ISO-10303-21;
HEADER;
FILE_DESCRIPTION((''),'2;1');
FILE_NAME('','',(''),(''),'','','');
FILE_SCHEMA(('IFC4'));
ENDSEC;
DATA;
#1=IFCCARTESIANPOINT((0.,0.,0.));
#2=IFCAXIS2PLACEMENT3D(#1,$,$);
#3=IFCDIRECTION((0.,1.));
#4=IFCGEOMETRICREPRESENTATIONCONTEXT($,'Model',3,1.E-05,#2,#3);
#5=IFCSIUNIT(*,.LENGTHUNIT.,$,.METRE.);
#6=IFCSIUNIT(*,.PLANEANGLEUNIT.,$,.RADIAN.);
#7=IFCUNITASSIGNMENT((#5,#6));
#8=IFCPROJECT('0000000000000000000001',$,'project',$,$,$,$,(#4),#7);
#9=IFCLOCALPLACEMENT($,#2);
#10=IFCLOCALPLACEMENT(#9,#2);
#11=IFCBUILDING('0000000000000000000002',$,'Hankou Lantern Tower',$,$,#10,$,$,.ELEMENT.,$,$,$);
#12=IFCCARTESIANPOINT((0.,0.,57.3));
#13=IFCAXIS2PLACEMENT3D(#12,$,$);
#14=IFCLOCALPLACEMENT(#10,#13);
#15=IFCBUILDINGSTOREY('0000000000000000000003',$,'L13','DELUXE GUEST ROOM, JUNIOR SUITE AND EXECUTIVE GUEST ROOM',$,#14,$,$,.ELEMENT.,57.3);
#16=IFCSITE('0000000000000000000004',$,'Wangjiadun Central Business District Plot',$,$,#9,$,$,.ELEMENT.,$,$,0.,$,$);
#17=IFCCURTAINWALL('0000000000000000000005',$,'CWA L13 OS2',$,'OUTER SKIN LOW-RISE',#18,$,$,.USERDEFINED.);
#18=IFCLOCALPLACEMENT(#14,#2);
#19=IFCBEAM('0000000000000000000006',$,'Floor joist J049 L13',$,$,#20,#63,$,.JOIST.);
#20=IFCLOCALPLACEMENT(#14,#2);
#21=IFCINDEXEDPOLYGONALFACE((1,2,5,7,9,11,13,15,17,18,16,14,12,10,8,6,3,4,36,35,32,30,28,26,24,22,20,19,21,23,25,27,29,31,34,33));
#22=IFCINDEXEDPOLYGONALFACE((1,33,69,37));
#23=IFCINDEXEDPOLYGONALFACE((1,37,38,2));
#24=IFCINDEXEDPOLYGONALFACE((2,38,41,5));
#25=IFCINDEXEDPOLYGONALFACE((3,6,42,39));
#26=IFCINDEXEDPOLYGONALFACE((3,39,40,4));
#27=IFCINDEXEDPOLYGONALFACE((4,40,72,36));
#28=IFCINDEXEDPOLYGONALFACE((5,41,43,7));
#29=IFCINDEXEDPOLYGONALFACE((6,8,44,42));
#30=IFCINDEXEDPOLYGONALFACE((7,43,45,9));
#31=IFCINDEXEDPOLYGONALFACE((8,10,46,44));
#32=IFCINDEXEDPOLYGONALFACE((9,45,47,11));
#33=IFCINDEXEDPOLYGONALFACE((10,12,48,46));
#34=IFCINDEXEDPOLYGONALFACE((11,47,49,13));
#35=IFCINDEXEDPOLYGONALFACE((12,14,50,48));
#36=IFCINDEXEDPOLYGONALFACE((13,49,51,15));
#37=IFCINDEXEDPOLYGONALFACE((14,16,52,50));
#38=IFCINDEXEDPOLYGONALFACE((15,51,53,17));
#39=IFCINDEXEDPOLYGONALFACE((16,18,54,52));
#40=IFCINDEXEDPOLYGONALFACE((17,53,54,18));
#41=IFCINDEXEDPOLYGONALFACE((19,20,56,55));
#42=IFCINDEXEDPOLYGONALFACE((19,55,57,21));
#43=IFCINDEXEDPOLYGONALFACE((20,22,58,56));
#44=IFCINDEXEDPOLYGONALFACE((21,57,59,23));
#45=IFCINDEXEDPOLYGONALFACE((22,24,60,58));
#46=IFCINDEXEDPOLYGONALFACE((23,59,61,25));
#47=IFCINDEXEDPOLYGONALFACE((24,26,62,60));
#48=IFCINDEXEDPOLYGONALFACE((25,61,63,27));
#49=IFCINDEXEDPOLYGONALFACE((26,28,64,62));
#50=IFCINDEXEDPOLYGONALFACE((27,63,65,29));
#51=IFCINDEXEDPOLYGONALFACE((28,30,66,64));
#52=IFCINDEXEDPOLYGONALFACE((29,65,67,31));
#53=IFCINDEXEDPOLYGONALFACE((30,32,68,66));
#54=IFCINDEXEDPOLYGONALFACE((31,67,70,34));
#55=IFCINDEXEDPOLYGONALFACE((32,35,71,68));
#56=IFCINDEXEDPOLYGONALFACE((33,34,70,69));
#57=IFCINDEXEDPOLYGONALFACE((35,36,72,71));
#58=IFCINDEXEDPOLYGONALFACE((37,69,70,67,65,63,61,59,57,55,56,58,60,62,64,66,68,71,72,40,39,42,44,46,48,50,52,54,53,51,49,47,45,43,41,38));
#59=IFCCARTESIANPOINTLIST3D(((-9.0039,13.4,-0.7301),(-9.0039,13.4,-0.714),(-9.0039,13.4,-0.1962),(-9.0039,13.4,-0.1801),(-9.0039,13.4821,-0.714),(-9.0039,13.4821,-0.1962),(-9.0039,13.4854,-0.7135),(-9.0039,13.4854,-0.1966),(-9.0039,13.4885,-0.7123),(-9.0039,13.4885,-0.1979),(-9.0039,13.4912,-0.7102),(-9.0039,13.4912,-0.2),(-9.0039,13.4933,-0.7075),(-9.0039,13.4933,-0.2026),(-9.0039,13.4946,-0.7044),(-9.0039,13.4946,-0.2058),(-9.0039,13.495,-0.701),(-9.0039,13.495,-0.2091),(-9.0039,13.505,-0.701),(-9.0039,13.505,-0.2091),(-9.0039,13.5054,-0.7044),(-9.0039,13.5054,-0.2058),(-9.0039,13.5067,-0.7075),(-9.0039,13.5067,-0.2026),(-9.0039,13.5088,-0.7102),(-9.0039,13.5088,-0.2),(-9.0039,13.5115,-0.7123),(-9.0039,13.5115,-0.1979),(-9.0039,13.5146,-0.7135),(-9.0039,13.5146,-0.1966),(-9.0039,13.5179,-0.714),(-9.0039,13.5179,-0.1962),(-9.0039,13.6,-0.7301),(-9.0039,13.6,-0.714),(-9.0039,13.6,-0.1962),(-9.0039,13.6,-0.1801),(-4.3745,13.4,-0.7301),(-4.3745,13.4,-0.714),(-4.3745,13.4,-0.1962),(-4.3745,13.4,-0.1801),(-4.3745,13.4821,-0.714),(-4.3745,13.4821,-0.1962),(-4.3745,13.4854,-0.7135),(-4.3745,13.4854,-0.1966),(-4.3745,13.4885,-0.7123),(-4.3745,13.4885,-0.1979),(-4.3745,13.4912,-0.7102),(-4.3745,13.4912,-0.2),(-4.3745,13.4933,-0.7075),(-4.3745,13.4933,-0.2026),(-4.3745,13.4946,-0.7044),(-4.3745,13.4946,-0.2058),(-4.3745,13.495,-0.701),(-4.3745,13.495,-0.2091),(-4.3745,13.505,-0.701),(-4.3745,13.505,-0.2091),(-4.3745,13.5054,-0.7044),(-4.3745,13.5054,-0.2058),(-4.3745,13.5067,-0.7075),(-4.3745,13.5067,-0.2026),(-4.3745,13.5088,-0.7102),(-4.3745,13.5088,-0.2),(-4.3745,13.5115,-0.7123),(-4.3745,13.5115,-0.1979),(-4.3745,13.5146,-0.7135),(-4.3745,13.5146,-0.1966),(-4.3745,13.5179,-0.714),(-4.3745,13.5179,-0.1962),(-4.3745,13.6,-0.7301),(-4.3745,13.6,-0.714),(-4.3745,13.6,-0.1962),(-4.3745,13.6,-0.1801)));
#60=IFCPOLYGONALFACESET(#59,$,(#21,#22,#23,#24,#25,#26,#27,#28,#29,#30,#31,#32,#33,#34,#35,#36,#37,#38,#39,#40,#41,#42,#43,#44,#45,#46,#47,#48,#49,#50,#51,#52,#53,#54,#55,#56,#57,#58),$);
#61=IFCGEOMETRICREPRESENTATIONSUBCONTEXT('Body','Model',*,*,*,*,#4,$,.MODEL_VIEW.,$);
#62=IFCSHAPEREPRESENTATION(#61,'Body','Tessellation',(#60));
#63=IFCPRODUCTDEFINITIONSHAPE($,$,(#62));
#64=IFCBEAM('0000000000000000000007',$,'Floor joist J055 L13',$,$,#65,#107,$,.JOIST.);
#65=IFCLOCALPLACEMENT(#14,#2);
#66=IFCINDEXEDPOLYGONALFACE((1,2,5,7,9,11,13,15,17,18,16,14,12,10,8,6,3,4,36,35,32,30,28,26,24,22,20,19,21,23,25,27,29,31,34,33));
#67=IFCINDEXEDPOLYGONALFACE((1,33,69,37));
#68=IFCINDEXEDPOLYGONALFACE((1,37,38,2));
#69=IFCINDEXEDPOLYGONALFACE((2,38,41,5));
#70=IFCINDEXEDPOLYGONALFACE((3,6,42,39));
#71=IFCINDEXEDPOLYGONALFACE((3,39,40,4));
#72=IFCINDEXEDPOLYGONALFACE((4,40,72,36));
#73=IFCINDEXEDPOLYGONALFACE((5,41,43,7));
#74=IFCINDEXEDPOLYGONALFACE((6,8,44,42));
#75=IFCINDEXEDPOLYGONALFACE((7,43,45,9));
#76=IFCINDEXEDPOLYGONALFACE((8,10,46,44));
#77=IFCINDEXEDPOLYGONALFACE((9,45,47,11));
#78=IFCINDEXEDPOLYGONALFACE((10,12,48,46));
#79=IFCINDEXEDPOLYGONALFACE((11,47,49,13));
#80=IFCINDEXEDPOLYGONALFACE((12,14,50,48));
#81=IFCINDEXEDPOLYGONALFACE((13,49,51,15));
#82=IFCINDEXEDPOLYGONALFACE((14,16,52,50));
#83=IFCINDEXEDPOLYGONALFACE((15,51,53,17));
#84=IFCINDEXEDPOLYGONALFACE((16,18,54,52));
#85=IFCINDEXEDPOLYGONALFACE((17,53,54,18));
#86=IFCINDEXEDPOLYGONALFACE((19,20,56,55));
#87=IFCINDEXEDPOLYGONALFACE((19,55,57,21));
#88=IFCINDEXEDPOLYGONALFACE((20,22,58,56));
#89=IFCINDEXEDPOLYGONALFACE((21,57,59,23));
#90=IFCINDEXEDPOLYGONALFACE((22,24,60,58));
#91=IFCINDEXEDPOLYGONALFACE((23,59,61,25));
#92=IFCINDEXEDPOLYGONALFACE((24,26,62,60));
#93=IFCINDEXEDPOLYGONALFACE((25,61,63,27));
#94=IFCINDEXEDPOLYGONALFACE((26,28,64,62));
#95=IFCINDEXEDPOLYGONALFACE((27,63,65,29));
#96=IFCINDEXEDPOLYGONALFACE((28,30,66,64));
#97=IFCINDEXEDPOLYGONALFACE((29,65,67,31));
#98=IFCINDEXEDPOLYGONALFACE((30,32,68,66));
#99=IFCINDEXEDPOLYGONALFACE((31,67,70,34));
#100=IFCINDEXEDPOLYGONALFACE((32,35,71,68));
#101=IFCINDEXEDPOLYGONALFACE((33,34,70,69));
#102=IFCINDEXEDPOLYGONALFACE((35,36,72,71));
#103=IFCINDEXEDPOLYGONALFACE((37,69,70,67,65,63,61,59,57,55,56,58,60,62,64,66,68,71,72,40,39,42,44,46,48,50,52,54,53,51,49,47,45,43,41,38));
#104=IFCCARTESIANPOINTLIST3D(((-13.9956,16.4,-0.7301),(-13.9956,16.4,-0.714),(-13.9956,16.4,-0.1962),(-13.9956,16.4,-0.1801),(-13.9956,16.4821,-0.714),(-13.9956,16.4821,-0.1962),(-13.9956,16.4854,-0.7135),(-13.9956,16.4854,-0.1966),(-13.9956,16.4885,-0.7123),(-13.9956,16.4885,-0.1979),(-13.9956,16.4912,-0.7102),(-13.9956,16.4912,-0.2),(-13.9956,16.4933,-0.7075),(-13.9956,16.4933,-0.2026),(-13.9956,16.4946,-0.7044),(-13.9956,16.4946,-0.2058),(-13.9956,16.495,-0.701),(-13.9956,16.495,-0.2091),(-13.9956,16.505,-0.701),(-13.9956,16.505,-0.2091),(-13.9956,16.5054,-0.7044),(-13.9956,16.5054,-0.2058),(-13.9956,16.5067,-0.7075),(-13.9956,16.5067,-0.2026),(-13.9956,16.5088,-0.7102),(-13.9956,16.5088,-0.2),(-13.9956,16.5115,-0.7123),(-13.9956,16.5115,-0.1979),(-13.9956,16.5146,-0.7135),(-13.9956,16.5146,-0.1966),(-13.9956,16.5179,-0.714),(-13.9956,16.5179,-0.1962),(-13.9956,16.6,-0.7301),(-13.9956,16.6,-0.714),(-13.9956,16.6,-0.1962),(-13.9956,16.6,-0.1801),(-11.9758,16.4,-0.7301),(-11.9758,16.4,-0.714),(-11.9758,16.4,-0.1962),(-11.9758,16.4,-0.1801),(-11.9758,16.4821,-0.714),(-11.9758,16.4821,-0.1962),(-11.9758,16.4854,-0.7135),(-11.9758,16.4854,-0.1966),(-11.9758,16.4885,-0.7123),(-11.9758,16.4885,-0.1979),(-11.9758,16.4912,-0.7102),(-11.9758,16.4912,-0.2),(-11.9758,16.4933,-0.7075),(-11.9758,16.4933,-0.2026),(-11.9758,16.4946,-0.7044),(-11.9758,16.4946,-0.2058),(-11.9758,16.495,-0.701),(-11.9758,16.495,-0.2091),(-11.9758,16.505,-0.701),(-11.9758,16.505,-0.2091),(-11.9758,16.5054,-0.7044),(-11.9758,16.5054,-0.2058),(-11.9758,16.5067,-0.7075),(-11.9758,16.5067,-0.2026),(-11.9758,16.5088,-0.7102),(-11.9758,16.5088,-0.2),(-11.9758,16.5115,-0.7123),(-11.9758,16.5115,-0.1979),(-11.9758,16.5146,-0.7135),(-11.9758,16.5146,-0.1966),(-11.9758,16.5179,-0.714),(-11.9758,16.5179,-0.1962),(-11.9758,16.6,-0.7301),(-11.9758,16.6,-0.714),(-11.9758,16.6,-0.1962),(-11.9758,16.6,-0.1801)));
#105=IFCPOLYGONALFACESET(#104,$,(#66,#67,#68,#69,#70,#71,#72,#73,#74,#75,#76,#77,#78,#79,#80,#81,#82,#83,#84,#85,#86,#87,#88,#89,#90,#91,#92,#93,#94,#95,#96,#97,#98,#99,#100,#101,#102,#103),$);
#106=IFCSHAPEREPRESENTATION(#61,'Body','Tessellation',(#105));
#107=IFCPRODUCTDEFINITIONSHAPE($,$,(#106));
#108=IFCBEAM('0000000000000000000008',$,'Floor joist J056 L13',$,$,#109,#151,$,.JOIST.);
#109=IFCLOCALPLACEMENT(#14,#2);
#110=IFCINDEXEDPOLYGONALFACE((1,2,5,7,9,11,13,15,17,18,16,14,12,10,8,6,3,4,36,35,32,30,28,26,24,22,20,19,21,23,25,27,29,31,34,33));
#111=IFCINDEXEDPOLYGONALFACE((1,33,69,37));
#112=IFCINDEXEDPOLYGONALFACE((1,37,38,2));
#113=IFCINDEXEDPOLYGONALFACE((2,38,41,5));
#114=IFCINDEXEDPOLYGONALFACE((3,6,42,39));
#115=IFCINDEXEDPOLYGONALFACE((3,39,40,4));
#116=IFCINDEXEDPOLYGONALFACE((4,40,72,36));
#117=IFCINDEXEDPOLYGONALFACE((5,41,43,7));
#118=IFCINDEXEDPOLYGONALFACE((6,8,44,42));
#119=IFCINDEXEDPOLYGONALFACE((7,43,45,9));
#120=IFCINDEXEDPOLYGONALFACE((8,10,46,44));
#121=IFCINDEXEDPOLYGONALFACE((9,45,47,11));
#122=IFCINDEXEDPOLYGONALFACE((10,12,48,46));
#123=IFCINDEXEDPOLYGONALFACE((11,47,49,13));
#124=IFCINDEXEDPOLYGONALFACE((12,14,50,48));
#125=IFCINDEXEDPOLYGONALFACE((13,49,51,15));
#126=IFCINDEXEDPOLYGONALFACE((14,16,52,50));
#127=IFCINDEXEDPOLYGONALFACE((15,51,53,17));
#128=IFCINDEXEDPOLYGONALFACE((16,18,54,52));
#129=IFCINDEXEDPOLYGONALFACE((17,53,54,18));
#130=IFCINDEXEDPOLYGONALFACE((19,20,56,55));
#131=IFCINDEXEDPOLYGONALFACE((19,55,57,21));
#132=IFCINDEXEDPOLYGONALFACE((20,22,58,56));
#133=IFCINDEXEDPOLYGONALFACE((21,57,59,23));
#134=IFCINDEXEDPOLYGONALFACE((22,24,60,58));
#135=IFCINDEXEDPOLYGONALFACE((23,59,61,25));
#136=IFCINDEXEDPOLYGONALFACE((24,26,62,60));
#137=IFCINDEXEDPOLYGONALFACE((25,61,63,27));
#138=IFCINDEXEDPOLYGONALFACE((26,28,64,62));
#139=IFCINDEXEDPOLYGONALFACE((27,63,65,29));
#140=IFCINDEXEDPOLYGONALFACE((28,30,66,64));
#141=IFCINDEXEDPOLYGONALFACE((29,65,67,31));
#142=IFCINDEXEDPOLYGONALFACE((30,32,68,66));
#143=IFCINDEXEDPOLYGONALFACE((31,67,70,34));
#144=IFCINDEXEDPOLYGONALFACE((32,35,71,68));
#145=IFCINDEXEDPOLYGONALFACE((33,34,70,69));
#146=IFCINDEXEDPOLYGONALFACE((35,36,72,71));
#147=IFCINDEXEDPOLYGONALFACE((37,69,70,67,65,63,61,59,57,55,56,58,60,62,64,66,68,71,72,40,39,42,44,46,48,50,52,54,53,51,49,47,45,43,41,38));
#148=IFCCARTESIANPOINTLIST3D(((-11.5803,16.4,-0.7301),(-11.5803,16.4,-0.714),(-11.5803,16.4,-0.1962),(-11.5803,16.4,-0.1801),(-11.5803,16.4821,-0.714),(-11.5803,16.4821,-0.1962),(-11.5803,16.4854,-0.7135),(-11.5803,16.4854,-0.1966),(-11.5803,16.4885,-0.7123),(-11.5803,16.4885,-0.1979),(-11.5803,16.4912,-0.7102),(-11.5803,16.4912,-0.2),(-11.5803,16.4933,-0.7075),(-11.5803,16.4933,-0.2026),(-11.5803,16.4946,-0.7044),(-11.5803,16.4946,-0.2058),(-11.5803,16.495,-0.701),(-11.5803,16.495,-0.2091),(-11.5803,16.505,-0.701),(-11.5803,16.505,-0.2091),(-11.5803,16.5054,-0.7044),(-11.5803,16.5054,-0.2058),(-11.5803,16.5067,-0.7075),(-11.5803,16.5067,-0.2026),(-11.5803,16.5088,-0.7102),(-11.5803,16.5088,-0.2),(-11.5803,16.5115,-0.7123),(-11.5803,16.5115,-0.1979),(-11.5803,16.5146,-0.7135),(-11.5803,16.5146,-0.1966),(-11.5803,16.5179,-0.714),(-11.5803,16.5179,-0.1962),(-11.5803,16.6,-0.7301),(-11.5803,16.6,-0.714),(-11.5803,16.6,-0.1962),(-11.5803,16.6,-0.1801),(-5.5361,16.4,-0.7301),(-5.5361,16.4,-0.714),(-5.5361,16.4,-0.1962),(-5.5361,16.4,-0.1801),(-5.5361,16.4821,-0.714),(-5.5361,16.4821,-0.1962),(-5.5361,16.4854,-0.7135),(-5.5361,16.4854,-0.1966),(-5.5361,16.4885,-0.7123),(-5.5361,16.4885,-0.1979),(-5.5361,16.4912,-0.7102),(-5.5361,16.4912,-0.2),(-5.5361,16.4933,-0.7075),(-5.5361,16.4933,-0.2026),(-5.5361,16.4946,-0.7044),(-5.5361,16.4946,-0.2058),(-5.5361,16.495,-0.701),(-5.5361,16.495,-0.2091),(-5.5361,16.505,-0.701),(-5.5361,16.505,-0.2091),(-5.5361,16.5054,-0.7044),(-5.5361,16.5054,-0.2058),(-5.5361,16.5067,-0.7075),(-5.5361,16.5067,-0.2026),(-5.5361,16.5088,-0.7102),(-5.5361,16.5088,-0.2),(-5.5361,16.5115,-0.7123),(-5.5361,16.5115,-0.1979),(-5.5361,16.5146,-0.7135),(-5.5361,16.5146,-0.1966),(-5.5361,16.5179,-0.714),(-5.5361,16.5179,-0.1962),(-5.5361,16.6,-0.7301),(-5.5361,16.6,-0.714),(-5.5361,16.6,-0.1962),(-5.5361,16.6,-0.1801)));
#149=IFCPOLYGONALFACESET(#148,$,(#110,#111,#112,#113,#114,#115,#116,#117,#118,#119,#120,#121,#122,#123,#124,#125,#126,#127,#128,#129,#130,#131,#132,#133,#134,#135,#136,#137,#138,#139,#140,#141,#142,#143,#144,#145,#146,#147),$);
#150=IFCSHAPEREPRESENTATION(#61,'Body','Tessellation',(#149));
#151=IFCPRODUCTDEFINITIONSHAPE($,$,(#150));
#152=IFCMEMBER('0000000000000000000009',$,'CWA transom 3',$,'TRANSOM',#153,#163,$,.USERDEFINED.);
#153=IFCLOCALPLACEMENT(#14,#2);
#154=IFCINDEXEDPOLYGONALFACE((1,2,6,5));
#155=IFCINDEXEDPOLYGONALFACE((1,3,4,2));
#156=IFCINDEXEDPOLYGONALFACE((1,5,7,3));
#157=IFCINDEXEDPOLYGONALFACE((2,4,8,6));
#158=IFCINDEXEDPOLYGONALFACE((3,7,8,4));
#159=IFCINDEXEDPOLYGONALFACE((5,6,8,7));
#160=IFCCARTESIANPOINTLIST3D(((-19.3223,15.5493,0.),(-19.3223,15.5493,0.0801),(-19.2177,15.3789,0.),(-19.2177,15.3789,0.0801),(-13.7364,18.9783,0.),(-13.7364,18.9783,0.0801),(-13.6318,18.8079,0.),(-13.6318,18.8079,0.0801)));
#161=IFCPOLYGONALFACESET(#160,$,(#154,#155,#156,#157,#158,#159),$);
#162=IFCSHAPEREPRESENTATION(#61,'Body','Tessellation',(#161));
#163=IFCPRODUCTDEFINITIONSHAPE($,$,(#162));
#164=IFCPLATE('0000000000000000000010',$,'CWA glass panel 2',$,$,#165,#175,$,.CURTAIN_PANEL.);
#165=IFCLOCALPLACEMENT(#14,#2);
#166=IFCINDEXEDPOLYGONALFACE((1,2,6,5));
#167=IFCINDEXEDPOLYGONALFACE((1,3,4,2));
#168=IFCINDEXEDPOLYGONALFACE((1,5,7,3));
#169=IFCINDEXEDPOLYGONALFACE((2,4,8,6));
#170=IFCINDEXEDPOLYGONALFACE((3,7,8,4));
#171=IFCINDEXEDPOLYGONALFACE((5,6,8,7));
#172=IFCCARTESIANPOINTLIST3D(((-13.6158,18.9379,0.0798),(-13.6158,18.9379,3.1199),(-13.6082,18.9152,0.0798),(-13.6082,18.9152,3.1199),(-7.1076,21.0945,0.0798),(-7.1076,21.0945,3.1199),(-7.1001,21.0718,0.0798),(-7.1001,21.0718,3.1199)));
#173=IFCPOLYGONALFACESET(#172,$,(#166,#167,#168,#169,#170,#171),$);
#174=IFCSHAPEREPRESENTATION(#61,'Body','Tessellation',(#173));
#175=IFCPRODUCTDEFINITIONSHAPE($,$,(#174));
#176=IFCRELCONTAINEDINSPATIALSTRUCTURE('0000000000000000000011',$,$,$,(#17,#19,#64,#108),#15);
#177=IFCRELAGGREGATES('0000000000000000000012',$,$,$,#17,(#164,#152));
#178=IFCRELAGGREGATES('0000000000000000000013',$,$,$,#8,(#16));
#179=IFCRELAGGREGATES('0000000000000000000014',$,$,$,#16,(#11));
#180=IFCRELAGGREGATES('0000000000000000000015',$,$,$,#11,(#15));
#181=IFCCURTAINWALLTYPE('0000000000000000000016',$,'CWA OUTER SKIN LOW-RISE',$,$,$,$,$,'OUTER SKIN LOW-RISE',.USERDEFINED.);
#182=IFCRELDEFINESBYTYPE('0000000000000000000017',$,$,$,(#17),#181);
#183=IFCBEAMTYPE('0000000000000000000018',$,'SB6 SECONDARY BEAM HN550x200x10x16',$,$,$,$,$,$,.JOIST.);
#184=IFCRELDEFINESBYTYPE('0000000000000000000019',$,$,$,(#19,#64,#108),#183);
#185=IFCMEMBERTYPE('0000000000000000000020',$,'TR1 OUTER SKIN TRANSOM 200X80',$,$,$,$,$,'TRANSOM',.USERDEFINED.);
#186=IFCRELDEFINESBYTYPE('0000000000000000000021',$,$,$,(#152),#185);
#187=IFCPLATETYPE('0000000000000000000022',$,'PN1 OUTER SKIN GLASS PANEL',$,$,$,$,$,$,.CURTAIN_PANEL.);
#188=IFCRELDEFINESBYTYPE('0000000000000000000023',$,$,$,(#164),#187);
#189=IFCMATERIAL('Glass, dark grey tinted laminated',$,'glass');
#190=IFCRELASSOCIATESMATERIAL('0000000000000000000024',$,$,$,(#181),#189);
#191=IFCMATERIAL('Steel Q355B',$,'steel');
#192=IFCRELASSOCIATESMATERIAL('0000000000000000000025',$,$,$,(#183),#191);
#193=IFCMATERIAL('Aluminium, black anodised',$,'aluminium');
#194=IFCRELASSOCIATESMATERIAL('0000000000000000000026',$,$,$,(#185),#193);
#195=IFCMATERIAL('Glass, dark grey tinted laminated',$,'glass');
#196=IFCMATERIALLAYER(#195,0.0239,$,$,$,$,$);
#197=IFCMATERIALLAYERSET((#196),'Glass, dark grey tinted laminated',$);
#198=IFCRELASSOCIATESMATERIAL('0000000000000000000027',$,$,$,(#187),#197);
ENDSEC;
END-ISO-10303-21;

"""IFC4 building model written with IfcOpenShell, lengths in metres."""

from ifc_helpers import new_model, si_unit, direction, frame, origin, origin_2d, place, context, subcontext, project, spatial, rectangle, i_section, extrude, material, layer, layer_set, material_profile, profile_set, type_object, element, aggregate, save


model = new_model("IFC4")

# Units and contexts
model_context = context("Model", 3, precision=1e-05, world=origin(), true_north=direction((0.0, 1.0)))
body_context = subcontext(model_context, "Body", "Model", "MODEL_VIEW")
ifc_project = project(units=[si_unit("LENGTHUNIT", "METRE"), si_unit("PLANEANGLEUNIT", "RADIAN")], contexts=[model_context])

# Site, building, storey
site_placement = place(None, origin())
site = spatial("IfcSite", under=ifc_project, at=site_placement, Name="Wangjiadun Central Business District Plot", CompositionType="ELEMENT", RefElevation=0.0)
building_placement = place(site_placement, origin())
building = spatial("IfcBuilding", under=site, at=building_placement, Name="Hankou Lantern Tower", CompositionType="ELEMENT")
storey_placement = place(building_placement, frame((0.0, 0.0, 57.3)))
storey = spatial("IfcBuildingStorey", under=building, at=storey_placement, Name="L13", Description="DELUXE GUEST ROOM, JUNIOR SUITE AND EXECUTIVE GUEST ROOM", CompositionType="ELEMENT", Elevation=57.3)

# Curtain wall
ifc_material_1 = material(Name="Glass, dark grey tinted laminated", Category="glass")
curtain_wall_type = type_object("IfcCurtainWallType", Name="CWA OUTER SKIN LOW-RISE", ElementType="OUTER SKIN LOW-RISE", PredefinedType="USERDEFINED", material=ifc_material_1)
curtain_wall_placement = place(storey_placement, origin())
curtain_wall = element("IfcCurtainWall", 1, at=curtain_wall_placement, inside=storey, type_object=curtain_wall_type, Name="CWA L13 OS2", ObjectType="OUTER SKIN LOW-RISE", PredefinedType="USERDEFINED")

# Beams
ifc_material_2 = material(Name="Steel Q355B", Category="steel")
ifc_material_profile_1 = material_profile(ifc_material_2, i_section(OverallWidth=0.2, OverallDepth=0.55, WebThickness=0.01, FlangeThickness=0.0161, FilletRadius=0.0129, at=origin_2d()), Name="HN550x200x10x16")
ifc_profile_set_1 = profile_set([ifc_material_profile_1], Name="Steel Q355B")
beam_type_1 = type_object("IfcBeamType", Name="SB6 SECONDARY BEAM HN550x200x10x16", PredefinedType="JOIST", material=ifc_profile_set_1)
beam_1_placement = place(storey_placement, frame((-9.0039, 13.5, -0.4551), z_axis=(1.0, 0.0, 0.0), x_axis=(0.0, 1.0, 0.0)))
element("IfcBeam", 2, at=beam_1_placement, inside=storey, type_object=beam_type_1, Name="Floor joist J049 L13", PredefinedType="JOIST", context=body_context, shape_type="SweptSolid", body=[
    extrude(i_section(OverallWidth=0.2, OverallDepth=0.55, WebThickness=0.01, FlangeThickness=0.0161, FilletRadius=0.0129, at=origin_2d()), origin(), (0.0, 0.0, 1.0), 4.6294),
])
beam_2_placement = place(storey_placement, frame((-13.9956, 16.5, -0.4551), z_axis=(1.0, 0.0, 0.0), x_axis=(0.0, 1.0, 0.0)))
element("IfcBeam", 3, at=beam_2_placement, inside=storey, type_object=beam_type_1, Name="Floor joist J055 L13", PredefinedType="JOIST", context=body_context, shape_type="SweptSolid", body=[
    extrude(i_section(OverallWidth=0.2, OverallDepth=0.55, WebThickness=0.01, FlangeThickness=0.0161, FilletRadius=0.0129, at=origin_2d()), origin(), (0.0, 0.0, 1.0), 2.0198),
])
beam_3_placement = place(storey_placement, frame((-11.5803, 16.5, -0.4551), z_axis=(1.0, 0.0, 0.0), x_axis=(0.0, 1.0, 0.0)))
element("IfcBeam", 4, at=beam_3_placement, inside=storey, type_object=beam_type_1, Name="Floor joist J056 L13", PredefinedType="JOIST", context=body_context, shape_type="SweptSolid", body=[
    extrude(i_section(OverallWidth=0.2, OverallDepth=0.55, WebThickness=0.01, FlangeThickness=0.0161, FilletRadius=0.0129, at=origin_2d()), origin(), (0.0, 0.0, 1.0), 6.0442),
])

# Member
ifc_material_3 = material(Name="Aluminium, black anodised", Category="aluminium")
ifc_material_profile_2 = material_profile(ifc_material_3, rectangle(XDim=0.2, YDim=0.0801, at=origin_2d()), Name="TR1 200X80")
ifc_profile_set_2 = profile_set([ifc_material_profile_2], Name="Aluminium, black anodised")
member_type_1 = type_object("IfcMemberType", Name="TR1 OUTER SKIN TRANSOM 200X80", ElementType="TRANSOM", PredefinedType="USERDEFINED", material=ifc_profile_set_2)
member_1_placement = place(storey_placement, frame((-13.6841, 18.8931, 0.04), z_axis=(-0.85224, -0.523152, 0.0), x_axis=(0.523152, -0.85224, 0.0)))
member_1 = element("IfcMember", 5, at=member_1_placement, type_object=member_type_1, Name="CWA transom 3", ObjectType="TRANSOM", PredefinedType="USERDEFINED", context=body_context, shape_type="SweptSolid", body=[
    extrude(rectangle(XDim=0.2, YDim=0.0801, at=origin_2d()), origin(), (0.0, 0.0, 1.0), 6.5544),
])

# Plate
ifc_material_4 = material(Name="Glass, dark grey tinted laminated", Category="glass")
ifc_layer_1 = layer(ifc_material_4, 0.0239)
ifc_layer_set_1 = layer_set([ifc_layer_1], Name="Glass, dark grey tinted laminated")
plate_type = type_object("IfcPlateType", Name="PN1 OUTER SKIN GLASS PANEL", PredefinedType="CURTAIN_PANEL", material=ifc_layer_set_1)
plate_placement = place(storey_placement, frame((-10.3579, 20.0049, 0.0798), z_axis=(0.0, 0.0, 1.0), x_axis=(-0.949241, -0.314551, 0.0)))
plate = element("IfcPlate", 6, at=plate_placement, type_object=plate_type, Name="CWA glass panel 2", PredefinedType="CURTAIN_PANEL", context=body_context, shape_type="SweptSolid", body=[
    extrude(rectangle(XDim=6.8562, YDim=0.0239, at=origin_2d()), origin(), (0.0, 0.0, 1.0), 3.04),
])
aggregate(curtain_wall, [plate, member_1])

save(model, "model.ifc")
